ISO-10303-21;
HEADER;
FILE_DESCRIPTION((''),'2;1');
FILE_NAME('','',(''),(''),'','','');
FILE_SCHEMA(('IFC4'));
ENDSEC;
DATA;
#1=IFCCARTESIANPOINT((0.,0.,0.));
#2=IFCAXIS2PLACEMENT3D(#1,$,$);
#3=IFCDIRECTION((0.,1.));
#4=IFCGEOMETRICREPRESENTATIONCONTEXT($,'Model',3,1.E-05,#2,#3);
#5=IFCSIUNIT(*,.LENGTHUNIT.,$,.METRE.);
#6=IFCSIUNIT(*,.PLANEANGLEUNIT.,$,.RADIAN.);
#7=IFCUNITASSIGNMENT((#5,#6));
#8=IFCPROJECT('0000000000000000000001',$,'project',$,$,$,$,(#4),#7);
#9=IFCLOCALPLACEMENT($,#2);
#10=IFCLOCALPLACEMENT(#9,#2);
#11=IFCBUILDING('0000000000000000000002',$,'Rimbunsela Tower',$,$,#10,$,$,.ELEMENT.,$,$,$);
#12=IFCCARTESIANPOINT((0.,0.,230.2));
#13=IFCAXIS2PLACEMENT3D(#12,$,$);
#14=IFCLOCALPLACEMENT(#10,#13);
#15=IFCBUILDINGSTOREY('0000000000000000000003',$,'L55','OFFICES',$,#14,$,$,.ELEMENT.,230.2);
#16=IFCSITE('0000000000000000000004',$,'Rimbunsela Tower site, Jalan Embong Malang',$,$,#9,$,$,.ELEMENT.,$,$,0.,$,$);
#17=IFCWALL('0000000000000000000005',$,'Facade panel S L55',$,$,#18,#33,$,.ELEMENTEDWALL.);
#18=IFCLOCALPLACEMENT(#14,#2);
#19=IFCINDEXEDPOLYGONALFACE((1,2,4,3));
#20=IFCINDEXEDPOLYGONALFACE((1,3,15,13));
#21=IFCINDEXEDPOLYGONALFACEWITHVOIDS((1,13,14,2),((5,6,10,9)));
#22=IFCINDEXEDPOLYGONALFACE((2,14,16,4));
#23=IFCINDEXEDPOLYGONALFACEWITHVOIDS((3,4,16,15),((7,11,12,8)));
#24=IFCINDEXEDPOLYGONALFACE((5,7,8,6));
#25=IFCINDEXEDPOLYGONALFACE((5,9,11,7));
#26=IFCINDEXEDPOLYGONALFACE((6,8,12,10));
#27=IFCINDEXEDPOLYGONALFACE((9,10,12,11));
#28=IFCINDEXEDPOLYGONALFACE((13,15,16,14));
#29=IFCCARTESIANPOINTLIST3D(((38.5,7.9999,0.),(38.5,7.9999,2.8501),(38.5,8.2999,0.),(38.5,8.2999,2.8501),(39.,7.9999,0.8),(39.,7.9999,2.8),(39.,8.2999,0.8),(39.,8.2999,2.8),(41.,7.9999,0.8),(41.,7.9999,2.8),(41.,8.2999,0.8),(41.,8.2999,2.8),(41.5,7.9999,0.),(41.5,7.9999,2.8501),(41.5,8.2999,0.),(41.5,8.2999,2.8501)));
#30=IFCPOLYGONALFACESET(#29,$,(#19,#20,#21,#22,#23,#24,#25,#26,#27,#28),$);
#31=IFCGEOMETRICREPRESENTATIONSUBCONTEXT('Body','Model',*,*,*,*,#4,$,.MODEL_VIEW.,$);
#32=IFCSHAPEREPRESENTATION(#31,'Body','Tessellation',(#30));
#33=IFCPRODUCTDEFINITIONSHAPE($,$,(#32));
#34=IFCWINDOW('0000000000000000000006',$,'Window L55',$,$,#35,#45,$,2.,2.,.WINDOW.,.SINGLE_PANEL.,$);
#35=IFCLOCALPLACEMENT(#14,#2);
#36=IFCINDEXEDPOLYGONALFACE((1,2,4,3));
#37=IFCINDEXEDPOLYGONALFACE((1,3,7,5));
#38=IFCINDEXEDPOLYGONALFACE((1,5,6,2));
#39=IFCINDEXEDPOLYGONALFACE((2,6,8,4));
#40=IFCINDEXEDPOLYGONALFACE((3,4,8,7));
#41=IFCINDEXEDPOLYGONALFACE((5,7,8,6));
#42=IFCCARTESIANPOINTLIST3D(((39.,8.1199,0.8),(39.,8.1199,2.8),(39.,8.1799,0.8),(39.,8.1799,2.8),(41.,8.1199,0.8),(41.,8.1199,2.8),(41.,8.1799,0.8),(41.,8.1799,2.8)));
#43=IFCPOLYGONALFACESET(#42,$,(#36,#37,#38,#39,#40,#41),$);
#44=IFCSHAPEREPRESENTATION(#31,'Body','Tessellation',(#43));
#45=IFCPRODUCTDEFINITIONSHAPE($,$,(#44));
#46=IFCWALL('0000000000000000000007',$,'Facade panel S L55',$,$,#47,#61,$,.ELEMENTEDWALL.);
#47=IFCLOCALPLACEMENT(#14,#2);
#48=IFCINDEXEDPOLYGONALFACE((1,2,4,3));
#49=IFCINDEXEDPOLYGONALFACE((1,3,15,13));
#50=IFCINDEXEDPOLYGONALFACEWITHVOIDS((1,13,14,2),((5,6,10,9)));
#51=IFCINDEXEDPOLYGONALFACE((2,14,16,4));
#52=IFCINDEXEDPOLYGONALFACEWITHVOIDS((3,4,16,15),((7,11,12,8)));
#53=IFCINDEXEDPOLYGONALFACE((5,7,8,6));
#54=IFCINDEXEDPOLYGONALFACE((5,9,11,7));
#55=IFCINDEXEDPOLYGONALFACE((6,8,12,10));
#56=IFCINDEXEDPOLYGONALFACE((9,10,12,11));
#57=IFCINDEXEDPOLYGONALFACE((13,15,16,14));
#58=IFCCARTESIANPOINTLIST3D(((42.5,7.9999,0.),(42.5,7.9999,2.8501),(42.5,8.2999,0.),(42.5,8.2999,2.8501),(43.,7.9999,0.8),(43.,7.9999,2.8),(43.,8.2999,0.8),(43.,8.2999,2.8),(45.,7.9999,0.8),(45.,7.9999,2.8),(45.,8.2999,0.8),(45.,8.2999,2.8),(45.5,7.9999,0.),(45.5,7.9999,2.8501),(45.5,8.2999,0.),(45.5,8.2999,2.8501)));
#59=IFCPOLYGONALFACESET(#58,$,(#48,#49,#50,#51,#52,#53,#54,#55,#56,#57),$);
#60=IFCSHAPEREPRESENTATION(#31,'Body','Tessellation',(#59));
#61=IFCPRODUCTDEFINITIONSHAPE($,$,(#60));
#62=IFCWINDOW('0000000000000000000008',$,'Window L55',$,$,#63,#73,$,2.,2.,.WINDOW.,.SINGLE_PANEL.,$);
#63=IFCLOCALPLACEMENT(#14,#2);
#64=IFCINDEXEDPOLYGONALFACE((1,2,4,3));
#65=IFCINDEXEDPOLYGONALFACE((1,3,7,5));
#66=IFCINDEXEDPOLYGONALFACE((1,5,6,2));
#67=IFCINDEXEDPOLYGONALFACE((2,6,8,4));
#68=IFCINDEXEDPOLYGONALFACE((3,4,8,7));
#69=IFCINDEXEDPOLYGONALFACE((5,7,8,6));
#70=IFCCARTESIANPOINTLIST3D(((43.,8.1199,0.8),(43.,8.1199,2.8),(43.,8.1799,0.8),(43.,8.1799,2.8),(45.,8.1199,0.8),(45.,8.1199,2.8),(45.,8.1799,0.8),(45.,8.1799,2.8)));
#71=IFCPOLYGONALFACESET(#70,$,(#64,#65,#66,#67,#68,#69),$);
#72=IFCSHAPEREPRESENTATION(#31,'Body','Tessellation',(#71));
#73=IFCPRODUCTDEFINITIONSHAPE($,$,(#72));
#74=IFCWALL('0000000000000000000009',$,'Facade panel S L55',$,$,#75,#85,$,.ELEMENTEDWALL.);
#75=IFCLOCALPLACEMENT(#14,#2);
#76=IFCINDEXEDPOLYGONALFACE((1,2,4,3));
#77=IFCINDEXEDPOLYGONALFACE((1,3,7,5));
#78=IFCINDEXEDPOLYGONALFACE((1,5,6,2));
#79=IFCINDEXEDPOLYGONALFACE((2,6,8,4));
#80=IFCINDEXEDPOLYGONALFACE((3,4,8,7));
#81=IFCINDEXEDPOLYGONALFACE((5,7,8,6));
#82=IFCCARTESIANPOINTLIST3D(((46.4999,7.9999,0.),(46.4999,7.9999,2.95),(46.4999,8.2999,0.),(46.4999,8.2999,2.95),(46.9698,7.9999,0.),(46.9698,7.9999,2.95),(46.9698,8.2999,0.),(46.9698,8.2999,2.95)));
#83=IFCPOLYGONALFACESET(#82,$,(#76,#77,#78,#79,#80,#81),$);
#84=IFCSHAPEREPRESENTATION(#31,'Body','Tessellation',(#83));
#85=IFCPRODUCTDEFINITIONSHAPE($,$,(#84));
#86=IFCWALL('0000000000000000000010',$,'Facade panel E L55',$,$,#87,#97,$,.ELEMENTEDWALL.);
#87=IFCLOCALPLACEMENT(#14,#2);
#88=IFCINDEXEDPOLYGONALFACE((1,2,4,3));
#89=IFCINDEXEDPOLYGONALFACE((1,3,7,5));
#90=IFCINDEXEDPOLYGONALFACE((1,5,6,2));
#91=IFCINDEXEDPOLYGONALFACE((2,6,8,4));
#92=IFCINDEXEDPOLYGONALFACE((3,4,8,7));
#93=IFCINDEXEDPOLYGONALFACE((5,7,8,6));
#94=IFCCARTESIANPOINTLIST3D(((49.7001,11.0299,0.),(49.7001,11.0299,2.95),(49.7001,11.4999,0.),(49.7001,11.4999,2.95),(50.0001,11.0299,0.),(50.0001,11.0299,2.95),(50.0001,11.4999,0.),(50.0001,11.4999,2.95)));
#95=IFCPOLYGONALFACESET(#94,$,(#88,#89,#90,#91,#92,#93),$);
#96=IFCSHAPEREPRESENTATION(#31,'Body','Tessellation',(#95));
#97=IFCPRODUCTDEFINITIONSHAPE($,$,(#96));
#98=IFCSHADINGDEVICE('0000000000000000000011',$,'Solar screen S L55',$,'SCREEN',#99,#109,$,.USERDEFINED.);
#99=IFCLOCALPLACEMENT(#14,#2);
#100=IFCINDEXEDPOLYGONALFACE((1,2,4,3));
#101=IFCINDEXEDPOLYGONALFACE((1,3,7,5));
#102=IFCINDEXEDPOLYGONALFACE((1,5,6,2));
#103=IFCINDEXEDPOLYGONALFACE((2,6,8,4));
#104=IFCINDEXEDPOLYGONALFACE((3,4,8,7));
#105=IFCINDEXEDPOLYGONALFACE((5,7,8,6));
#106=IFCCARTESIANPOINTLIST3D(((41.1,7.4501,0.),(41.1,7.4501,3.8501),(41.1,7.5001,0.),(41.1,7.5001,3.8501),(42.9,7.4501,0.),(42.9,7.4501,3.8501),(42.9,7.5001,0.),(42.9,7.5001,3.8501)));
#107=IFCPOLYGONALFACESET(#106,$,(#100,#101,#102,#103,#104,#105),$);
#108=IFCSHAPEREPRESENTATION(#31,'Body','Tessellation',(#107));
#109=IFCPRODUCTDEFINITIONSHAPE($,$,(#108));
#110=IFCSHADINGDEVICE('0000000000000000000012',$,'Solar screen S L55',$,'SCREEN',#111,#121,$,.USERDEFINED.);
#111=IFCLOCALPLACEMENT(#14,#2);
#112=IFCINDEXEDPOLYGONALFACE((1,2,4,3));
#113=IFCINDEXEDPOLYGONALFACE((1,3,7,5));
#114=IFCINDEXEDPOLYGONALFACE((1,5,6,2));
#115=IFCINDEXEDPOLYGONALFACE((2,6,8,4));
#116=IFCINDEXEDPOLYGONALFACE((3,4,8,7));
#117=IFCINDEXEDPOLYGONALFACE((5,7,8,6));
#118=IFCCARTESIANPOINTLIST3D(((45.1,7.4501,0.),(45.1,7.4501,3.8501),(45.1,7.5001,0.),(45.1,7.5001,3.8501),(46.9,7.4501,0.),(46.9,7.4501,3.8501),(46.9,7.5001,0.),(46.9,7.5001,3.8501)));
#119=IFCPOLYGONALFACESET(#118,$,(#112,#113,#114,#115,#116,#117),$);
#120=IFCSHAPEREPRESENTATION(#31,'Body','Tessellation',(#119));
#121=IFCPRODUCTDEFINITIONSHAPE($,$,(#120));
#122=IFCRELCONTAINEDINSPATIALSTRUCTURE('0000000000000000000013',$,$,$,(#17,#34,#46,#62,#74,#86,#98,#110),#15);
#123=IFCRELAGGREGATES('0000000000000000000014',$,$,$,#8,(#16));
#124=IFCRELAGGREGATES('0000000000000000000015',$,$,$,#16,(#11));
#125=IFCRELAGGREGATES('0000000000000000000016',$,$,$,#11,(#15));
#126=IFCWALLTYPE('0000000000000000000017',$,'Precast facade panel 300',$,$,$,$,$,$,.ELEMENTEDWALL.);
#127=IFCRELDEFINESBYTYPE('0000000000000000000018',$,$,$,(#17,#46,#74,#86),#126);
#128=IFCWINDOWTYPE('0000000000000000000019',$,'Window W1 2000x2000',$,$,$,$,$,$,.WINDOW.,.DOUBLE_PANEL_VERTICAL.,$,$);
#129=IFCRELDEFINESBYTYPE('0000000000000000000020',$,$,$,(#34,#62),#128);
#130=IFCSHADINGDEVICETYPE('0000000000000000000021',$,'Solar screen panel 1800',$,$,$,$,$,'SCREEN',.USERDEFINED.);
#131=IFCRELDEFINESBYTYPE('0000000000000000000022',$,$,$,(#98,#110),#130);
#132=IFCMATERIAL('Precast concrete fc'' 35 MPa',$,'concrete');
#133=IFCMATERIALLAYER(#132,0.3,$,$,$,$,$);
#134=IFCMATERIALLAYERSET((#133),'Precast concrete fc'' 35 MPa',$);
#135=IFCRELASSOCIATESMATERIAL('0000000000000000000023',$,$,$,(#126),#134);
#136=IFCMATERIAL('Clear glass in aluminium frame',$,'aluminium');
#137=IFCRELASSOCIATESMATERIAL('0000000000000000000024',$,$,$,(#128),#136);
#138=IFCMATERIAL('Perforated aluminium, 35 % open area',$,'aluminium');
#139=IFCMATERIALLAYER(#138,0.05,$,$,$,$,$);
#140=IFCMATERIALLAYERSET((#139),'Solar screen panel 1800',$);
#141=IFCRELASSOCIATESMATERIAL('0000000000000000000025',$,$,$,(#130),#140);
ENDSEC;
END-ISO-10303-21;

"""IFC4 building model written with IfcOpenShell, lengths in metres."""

from ifc_helpers import new_model, si_unit, direction, frame, frame_2d, origin, origin_2d, place, context, subcontext, project, spatial, rectangle, extrude, material, layer, layer_set, type_object, element, fill, save


model = new_model("IFC4")

# Units and contexts
model_context = context("Model", 3, precision=1e-05, world=origin(), true_north=direction((0.0, 1.0)))
body_context = subcontext(model_context, "Body", "Model", "MODEL_VIEW")
ifc_project = project(units=[si_unit("LENGTHUNIT", "METRE"), si_unit("PLANEANGLEUNIT", "RADIAN")], contexts=[model_context])

# Site, building, storey
site_placement = place(None, origin())
site = spatial("IfcSite", under=ifc_project, at=site_placement, Name="Rimbunsela Tower site, Jalan Embong Malang", CompositionType="ELEMENT", RefElevation=0.0)
building_placement = place(site_placement, origin())
building = spatial("IfcBuilding", under=site, at=building_placement, Name="Rimbunsela Tower", CompositionType="ELEMENT")
storey_placement = place(building_placement, frame((0.0, 0.0, 230.2)))
storey = spatial("IfcBuildingStorey", under=building, at=storey_placement, Name="L55", Description="OFFICES", CompositionType="ELEMENT", Elevation=230.2)

# Walls, openings, windows
ifc_material_1 = material(Name="Precast concrete fc' 35 MPa", Category="concrete")
ifc_layer_1 = layer(ifc_material_1, 0.3)
ifc_layer_set_1 = layer_set([ifc_layer_1], Name="Precast concrete fc' 35 MPa")
wall_type = type_object("IfcWallType", Name="Precast facade panel 300", PredefinedType="ELEMENTEDWALL", material=ifc_layer_set_1)
wall_1_placement = place(storey_placement, frame((38.5, 8.1499, 0.0), z_axis=(0.0, 0.0, 1.0), x_axis=(1.0, 0.0, 0.0)))
wall_1 = element("IfcWall", 1, at=wall_1_placement, inside=storey, type_object=wall_type, Name="Facade panel S L55", PredefinedType="ELEMENTEDWALL", context=body_context, shape_type="SweptSolid", body=[
    extrude(rectangle(XDim=3.0, YDim=0.3, at=frame_2d((1.5, 0.0))), origin(), (0.0, 0.0, 1.0), 2.8501),
])
opening_1_placement = place(wall_1_placement, frame((0.5, 0.0, 0.8)))
opening_1 = element("IfcOpeningElement", 2, at=opening_1_placement, cuts=wall_1, PredefinedType="OPENING", context=body_context, shape_type="SweptSolid", body=[
    extrude(rectangle(XDim=2.0, YDim=2.0, at=frame_2d((1.0, 1.0))), frame((0.0, 0.1599, 0.0), z_axis=(0.0, -1.0, 0.0), x_axis=(1.0, 0.0, 0.0)), (0.0, 0.0, 1.0), 0.3201),
])
ifc_material_2 = material(Name="Clear glass in aluminium frame", Category="aluminium")
window_type = type_object("IfcWindowType", Name="Window W1 2000x2000", PartitioningType="DOUBLE_PANEL_VERTICAL", PredefinedType="WINDOW", material=ifc_material_2)
window_1_placement = place(opening_1_placement, origin())
window_1 = element("IfcWindow", 3, at=window_1_placement, inside=storey, type_object=window_type, Name="Window L55", OverallHeight=2.0, OverallWidth=2.0, PartitioningType="SINGLE_PANEL", PredefinedType="WINDOW", context=body_context, shape_type="SweptSolid", body=[
    extrude(rectangle(XDim=2.0, YDim=2.0, at=frame_2d((1.0, 1.0))), frame((0.0, 0.03, 0.0), z_axis=(0.0, -1.0, 0.0), x_axis=(1.0, 0.0, 0.0)), (0.0, 0.0, 1.0), 0.0601),
])
fill(opening_1, window_1)
wall_2_placement = place(storey_placement, frame((42.5, 8.1499, 0.0), z_axis=(0.0, 0.0, 1.0), x_axis=(1.0, 0.0, 0.0)))
wall_2 = element("IfcWall", 4, at=wall_2_placement, inside=storey, type_object=wall_type, Name="Facade panel S L55", PredefinedType="ELEMENTEDWALL", context=body_context, shape_type="SweptSolid", body=[
    extrude(rectangle(XDim=3.0, YDim=0.3, at=frame_2d((1.5, 0.0))), origin(), (0.0, 0.0, 1.0), 2.8501),
])
opening_2_placement = place(wall_2_placement, frame((0.5, 0.0, 0.8)))
opening_2 = element("IfcOpeningElement", 5, at=opening_2_placement, cuts=wall_2, PredefinedType="OPENING", context=body_context, shape_type="SweptSolid", body=[
    extrude(rectangle(XDim=2.0, YDim=2.0, at=frame_2d((1.0, 1.0))), frame((0.0, 0.1599, 0.0), z_axis=(0.0, -1.0, 0.0), x_axis=(1.0, 0.0, 0.0)), (0.0, 0.0, 1.0), 0.3201),
])
window_2_placement = place(opening_2_placement, origin())
window_2 = element("IfcWindow", 6, at=window_2_placement, inside=storey, type_object=window_type, Name="Window L55", OverallHeight=2.0, OverallWidth=2.0, PartitioningType="SINGLE_PANEL", PredefinedType="WINDOW", context=body_context, shape_type="SweptSolid", body=[
    extrude(rectangle(XDim=2.0, YDim=2.0, at=frame_2d((1.0, 1.0))), frame((0.0, 0.03, 0.0), z_axis=(0.0, -1.0, 0.0), x_axis=(1.0, 0.0, 0.0)), (0.0, 0.0, 1.0), 0.0601),
])
fill(opening_2, window_2)

# Walls
for number, where, z_axis, x_axis, name in (
    (7, (46.5, 8.1499, 0.0), (0.0, 0.0, 1.0), (1.0, 0.0, 0.0), "Facade panel S L55"),
    (8, (49.8501, 11.03, 0.0), (0.0, 0.0, 1.0), (0.0, 1.0, 0.0), "Facade panel E L55"),
):
    element("IfcWall", number, at=place(storey_placement, frame(where, z_axis=z_axis, x_axis=x_axis)), inside=storey, type_object=wall_type, Name=name, PredefinedType="ELEMENTEDWALL", context=body_context, shape_type="SweptSolid", body=[
        extrude(rectangle(XDim=0.47, YDim=0.3, at=frame_2d((0.2349, 0.0))), origin(), (0.0, 0.0, 1.0), 2.95),
    ])

# Shading devices
ifc_material_3 = material(Name="Perforated aluminium, 35 % open area", Category="aluminium")
ifc_layer_2 = layer(ifc_material_3, 0.05)
ifc_layer_set_2 = layer_set([ifc_layer_2], Name="Solar screen panel 1800")
shading_device_type = type_object("IfcShadingDeviceType", Name="Solar screen panel 1800", ElementType="SCREEN", PredefinedType="USERDEFINED", material=ifc_layer_set_2)
for number, where, z_axis, x_axis, name in (
    (9, (42.0, 7.4751, 0.0), (0.0, 0.0, 1.0), (1.0, 0.0, 0.0), "Solar screen S L55"),
    (10, (46.0, 7.4751, 0.0), (0.0, 0.0, 1.0), (1.0, 0.0, 0.0), "Solar screen S L55"),
):
    element("IfcShadingDevice", number, at=place(storey_placement, frame(where, z_axis=z_axis, x_axis=x_axis)), inside=storey, type_object=shading_device_type, Name=name, ObjectType="SCREEN", PredefinedType="USERDEFINED", context=body_context, shape_type="SweptSolid", body=[
        extrude(rectangle(XDim=1.8, YDim=0.05, at=origin_2d()), origin(), (0.0, 0.0, 1.0), 3.8501),
    ])

save(model, "model.ifc")
